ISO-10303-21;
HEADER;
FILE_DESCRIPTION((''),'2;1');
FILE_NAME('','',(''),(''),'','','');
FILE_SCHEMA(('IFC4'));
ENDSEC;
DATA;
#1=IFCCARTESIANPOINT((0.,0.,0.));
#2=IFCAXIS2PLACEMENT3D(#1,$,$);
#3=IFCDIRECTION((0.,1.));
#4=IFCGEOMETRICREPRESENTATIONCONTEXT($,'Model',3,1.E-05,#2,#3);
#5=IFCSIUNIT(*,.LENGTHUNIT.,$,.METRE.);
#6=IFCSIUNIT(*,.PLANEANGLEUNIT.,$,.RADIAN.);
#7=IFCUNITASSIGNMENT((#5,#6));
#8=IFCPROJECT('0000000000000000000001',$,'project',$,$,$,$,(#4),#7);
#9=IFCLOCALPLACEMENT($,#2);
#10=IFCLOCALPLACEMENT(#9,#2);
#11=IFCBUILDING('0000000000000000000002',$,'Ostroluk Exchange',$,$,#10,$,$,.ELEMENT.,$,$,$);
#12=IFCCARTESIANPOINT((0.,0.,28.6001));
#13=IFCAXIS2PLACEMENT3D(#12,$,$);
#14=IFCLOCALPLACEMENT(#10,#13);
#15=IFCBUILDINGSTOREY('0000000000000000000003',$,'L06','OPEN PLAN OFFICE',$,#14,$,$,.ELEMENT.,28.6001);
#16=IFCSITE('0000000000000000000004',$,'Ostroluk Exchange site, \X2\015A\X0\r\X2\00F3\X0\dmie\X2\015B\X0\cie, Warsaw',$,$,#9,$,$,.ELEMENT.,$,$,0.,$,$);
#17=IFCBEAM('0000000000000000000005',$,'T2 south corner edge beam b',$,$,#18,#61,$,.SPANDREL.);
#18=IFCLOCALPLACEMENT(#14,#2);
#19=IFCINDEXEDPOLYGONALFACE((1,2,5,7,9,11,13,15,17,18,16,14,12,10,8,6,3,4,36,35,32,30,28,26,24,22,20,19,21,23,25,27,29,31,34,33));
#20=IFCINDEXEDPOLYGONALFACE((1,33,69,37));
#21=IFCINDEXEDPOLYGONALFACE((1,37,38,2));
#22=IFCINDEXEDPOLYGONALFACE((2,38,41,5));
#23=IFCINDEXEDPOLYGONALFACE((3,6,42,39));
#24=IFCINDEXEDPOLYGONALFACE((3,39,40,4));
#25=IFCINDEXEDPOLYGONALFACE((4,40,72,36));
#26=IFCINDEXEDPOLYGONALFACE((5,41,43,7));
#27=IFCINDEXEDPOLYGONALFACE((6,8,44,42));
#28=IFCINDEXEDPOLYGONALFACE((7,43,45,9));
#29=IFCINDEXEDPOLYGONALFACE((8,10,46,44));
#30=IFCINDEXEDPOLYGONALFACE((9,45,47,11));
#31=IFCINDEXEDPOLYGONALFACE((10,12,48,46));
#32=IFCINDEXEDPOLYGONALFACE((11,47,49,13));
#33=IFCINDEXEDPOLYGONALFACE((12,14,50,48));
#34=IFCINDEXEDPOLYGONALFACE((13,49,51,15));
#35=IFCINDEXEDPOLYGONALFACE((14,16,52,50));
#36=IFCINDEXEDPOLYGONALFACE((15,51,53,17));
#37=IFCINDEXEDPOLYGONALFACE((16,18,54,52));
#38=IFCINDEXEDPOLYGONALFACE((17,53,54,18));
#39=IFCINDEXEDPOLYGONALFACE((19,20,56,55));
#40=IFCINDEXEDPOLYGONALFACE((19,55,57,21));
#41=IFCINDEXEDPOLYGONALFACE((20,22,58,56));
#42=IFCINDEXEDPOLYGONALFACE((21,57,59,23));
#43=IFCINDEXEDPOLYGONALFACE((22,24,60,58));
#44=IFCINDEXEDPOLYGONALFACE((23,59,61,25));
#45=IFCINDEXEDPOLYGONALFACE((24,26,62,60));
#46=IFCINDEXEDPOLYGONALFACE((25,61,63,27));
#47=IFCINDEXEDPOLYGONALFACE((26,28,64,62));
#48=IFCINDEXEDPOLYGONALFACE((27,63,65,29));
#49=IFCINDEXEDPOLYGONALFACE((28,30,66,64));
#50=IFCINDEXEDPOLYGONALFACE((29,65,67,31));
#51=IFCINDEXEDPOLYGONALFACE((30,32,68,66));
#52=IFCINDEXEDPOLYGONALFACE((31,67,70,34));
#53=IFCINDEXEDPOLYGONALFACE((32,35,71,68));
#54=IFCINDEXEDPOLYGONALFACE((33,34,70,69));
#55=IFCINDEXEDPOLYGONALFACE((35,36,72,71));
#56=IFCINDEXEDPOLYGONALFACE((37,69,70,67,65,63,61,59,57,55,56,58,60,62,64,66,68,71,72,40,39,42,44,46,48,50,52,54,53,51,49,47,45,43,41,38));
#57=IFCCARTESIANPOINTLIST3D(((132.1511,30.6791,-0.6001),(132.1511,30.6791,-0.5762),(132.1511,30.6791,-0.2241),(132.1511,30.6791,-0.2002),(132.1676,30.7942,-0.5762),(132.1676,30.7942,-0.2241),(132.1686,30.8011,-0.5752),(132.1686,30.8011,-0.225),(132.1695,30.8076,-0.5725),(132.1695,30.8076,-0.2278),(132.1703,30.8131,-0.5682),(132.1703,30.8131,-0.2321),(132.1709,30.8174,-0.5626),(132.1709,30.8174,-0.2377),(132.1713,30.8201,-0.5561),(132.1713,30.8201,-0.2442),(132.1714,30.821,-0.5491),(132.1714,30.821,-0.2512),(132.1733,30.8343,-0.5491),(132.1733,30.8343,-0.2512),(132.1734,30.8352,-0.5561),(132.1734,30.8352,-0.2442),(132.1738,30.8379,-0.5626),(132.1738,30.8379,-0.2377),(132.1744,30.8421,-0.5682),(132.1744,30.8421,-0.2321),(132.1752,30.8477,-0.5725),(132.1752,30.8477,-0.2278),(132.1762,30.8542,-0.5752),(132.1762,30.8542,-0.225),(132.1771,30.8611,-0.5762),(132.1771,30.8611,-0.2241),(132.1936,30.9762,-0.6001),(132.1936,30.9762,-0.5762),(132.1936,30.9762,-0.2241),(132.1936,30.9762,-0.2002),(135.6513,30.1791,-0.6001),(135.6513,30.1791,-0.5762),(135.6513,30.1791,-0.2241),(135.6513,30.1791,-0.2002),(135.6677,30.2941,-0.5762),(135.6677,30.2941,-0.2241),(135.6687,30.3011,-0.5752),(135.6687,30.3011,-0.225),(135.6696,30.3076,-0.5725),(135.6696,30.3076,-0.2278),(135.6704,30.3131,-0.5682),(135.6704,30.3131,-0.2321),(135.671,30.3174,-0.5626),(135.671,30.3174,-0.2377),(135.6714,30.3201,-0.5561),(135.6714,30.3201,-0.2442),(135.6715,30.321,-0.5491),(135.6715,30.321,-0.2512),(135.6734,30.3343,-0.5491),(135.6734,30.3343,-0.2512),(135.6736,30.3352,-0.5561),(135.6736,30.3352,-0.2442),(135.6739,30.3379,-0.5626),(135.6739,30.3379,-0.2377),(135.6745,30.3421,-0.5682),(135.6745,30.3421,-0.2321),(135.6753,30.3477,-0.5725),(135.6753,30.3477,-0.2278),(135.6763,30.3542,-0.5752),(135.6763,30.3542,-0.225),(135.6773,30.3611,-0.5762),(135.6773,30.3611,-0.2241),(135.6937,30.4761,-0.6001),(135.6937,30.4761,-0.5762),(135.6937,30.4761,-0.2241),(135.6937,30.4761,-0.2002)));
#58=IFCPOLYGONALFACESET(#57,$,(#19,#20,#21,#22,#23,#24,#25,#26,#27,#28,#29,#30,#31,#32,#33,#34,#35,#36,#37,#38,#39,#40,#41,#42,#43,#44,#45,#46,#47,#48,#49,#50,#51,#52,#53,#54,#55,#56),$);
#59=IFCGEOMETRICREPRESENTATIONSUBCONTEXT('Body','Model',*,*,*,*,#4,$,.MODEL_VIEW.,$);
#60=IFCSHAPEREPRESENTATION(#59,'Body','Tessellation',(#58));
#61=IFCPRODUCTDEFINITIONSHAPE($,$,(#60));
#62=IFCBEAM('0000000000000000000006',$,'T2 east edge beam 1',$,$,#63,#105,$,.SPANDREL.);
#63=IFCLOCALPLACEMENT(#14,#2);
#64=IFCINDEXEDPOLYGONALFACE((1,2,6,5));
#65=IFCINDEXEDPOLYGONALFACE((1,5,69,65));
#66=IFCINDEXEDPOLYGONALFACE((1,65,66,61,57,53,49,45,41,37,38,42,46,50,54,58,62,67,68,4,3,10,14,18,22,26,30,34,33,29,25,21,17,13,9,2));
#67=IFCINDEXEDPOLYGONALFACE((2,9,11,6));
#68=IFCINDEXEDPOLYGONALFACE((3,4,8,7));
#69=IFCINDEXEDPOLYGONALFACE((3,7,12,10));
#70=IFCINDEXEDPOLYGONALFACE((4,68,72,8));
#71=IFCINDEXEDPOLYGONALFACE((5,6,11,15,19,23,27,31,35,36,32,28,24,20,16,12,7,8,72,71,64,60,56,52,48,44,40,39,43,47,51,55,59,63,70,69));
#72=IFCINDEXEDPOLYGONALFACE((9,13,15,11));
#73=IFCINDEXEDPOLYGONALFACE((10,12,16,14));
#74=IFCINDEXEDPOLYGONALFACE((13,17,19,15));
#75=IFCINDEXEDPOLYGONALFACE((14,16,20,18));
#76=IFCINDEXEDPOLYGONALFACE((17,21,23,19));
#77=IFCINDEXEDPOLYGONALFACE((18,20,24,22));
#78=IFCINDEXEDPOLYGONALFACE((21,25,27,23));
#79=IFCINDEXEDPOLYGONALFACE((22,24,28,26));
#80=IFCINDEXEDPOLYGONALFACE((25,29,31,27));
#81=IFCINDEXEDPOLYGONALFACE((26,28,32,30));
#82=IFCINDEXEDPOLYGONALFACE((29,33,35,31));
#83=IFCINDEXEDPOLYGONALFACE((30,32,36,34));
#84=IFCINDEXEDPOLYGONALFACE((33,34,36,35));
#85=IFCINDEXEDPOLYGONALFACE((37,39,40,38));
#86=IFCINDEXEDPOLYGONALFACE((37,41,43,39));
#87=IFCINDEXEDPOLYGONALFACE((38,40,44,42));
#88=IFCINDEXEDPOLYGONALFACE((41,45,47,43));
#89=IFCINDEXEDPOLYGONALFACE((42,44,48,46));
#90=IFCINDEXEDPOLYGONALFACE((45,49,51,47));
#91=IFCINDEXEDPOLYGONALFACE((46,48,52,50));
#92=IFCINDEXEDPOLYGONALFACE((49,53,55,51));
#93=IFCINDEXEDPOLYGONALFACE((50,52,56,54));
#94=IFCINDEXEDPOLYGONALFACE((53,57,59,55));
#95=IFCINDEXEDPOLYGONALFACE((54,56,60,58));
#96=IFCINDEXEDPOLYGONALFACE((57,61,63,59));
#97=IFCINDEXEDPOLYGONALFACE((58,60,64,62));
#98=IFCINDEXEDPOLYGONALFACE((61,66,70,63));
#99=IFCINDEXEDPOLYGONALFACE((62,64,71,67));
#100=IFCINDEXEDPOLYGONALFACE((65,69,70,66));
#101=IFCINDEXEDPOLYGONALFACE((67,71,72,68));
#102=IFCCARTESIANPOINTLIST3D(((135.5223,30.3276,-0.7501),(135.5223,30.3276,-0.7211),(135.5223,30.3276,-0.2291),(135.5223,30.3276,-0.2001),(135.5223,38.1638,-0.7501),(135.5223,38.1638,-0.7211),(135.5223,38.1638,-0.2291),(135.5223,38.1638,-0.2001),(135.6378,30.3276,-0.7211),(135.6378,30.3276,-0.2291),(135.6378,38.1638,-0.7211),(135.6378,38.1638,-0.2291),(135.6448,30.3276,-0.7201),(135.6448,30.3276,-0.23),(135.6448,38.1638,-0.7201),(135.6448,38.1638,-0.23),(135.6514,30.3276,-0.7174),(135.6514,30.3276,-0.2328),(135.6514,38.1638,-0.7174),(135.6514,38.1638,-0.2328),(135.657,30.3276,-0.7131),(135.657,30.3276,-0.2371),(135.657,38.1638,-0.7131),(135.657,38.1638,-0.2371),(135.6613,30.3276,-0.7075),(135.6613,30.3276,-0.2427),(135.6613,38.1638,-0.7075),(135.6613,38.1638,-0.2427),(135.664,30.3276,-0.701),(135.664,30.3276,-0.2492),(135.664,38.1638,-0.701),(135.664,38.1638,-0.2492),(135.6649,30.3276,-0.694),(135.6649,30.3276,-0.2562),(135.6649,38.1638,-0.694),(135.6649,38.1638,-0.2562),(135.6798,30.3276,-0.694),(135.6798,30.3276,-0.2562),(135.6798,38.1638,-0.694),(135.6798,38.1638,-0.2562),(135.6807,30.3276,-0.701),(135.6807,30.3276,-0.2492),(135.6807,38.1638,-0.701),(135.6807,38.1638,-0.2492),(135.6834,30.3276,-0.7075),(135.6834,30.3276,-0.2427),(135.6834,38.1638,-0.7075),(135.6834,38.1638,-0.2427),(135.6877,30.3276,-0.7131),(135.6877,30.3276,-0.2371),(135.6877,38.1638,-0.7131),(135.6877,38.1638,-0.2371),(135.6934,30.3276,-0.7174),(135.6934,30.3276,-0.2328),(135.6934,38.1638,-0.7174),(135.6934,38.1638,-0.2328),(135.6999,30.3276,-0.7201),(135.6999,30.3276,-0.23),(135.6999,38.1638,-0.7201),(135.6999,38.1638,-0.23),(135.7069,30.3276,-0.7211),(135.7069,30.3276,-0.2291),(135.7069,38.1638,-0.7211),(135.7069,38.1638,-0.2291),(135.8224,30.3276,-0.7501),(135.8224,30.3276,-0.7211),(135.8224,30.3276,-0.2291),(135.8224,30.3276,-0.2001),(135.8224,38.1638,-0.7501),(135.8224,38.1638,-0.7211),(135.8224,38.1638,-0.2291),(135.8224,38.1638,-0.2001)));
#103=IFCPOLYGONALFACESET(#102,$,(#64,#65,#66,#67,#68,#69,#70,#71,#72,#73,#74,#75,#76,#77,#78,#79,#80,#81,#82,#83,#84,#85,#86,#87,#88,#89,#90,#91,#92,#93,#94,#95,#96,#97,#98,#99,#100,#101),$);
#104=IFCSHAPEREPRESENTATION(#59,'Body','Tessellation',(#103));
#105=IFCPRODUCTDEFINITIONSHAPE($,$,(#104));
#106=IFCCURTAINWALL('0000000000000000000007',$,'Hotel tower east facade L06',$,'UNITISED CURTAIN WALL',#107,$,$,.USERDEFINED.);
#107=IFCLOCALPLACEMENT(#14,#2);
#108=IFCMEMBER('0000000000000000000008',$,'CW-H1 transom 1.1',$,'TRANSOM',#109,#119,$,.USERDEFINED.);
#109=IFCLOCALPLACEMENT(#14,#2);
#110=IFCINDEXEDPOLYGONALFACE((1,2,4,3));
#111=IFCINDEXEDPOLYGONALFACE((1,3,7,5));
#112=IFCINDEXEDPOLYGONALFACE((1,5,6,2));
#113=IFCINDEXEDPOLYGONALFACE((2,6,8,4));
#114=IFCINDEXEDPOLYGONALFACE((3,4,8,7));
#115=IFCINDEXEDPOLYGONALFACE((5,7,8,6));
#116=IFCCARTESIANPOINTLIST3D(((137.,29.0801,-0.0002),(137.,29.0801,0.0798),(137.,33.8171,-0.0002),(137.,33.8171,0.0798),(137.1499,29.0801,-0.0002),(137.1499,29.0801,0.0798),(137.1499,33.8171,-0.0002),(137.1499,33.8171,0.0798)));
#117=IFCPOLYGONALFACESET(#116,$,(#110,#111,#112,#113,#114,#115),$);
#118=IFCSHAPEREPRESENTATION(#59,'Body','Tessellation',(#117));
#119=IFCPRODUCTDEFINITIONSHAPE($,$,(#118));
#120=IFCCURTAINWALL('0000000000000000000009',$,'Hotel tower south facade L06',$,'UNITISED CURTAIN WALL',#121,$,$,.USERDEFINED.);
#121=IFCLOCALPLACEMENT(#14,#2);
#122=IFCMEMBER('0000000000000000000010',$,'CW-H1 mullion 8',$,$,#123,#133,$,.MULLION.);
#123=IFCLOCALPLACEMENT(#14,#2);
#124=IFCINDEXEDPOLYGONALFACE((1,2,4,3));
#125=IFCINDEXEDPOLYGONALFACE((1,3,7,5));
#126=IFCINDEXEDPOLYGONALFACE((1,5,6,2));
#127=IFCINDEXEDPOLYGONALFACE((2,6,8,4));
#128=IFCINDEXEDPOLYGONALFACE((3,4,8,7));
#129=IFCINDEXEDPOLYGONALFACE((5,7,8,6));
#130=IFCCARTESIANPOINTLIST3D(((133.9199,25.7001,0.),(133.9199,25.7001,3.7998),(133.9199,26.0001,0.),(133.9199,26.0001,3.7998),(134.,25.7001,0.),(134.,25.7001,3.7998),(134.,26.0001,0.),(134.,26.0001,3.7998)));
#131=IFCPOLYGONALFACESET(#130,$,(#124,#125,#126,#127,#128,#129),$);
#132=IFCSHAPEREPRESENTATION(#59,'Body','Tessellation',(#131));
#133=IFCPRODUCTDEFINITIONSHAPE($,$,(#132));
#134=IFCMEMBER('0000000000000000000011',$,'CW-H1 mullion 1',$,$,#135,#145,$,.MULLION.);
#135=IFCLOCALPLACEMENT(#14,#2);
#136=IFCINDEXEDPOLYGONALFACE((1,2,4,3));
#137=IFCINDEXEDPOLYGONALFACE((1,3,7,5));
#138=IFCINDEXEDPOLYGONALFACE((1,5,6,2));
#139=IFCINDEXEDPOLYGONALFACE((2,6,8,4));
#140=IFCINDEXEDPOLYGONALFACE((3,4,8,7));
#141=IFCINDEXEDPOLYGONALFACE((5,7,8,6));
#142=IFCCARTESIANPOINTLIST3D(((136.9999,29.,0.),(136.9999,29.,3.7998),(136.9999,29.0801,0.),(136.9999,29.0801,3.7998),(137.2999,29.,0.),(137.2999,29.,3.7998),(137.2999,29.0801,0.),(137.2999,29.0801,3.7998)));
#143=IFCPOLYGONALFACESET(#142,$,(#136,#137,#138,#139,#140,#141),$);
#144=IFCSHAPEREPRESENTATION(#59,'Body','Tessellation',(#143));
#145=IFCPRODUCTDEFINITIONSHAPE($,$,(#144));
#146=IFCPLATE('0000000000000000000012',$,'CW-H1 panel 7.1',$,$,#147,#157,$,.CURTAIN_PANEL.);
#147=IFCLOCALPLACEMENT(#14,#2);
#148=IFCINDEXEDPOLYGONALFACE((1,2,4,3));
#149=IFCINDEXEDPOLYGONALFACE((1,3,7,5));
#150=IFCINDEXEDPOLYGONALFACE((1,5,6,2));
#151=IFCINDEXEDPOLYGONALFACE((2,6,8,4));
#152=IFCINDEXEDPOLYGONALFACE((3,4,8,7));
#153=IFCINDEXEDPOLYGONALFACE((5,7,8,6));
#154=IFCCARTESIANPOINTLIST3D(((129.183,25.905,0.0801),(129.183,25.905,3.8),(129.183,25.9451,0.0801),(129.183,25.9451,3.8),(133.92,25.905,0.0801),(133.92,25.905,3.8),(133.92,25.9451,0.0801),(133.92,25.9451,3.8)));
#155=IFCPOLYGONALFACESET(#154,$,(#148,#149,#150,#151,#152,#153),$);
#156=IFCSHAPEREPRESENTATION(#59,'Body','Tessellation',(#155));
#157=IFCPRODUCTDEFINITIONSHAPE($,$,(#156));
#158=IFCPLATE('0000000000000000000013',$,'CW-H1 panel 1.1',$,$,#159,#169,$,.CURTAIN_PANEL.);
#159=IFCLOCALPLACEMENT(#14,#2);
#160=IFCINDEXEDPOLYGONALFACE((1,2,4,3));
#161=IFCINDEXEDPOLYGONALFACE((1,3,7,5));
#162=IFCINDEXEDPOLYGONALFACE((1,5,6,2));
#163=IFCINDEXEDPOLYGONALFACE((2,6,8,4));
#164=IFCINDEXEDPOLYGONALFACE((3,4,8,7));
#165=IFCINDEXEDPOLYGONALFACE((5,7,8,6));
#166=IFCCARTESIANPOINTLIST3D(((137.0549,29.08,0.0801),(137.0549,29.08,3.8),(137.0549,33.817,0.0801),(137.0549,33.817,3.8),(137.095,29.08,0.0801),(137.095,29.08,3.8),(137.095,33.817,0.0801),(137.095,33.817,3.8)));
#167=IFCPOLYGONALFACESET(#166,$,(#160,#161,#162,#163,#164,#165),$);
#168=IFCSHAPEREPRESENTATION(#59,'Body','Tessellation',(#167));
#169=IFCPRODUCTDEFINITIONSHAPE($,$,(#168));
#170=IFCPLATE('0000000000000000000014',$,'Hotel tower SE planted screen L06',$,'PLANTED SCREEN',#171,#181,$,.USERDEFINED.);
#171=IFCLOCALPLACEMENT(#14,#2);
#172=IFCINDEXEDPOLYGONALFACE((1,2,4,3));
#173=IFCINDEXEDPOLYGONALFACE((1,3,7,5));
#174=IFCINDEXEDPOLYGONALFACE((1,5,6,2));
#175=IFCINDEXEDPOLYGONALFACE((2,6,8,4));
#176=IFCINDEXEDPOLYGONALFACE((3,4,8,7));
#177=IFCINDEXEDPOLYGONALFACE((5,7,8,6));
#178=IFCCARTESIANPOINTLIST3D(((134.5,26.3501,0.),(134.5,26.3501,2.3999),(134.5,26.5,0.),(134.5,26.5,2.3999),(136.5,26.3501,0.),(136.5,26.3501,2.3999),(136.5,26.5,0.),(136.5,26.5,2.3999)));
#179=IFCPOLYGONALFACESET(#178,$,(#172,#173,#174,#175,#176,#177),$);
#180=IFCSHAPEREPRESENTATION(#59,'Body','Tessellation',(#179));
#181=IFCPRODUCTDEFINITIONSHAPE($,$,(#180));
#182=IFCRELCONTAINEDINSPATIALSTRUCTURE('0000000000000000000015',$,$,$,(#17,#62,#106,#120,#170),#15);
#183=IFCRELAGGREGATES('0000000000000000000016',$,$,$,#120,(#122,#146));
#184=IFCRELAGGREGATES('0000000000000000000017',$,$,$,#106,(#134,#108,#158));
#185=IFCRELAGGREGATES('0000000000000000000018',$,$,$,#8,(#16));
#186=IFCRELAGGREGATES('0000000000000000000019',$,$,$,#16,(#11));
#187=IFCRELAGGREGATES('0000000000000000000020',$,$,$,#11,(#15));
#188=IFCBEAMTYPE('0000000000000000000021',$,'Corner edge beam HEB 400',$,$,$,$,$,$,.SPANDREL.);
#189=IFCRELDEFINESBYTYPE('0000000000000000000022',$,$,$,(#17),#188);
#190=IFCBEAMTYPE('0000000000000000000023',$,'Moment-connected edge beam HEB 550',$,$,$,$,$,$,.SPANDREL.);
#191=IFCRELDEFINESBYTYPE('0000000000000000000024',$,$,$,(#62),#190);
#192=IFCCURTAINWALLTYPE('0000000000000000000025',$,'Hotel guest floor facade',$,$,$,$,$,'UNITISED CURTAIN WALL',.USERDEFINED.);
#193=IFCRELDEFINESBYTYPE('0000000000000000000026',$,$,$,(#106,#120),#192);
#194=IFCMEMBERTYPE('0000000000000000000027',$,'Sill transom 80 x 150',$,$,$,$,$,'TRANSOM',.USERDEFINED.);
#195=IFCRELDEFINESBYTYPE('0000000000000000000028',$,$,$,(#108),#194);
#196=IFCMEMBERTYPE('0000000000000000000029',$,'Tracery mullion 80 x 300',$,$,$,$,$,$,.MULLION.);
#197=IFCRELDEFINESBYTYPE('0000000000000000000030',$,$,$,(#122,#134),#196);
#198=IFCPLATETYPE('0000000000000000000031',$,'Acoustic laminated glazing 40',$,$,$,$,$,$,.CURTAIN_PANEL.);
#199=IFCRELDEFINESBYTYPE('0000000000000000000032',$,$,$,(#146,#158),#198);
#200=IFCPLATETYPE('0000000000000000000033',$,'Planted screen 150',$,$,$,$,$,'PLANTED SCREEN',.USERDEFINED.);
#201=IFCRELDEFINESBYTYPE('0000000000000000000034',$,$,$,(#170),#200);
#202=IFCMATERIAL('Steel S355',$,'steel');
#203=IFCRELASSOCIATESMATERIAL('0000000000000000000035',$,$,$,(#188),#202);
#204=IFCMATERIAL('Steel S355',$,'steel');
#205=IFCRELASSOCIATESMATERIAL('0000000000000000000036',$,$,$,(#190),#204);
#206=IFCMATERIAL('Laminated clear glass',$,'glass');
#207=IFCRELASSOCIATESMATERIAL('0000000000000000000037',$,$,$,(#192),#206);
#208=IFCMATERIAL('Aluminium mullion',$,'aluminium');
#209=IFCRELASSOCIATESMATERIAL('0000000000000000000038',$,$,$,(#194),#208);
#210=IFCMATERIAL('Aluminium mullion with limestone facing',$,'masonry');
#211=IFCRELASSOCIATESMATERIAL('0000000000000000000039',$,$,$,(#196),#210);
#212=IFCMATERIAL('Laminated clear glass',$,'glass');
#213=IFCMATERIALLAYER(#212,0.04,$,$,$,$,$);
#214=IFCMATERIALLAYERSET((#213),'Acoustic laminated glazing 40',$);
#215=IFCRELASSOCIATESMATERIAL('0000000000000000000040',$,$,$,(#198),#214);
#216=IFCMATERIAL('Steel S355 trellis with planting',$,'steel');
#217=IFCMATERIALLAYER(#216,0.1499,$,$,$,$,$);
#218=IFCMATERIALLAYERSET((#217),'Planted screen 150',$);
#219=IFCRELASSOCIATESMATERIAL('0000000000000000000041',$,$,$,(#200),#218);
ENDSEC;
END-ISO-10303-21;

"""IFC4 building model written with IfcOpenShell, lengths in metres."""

from ifc_helpers import new_model, si_unit, direction, frame, origin, origin_2d, place, context, subcontext, project, spatial, rectangle, i_section, extrude, material, layer, layer_set, material_profile, profile_set, type_object, element, aggregate, save


model = new_model("IFC4")

# Units and contexts
model_context = context("Model", 3, precision=1e-05, world=origin(), true_north=direction((0.0, 1.0)))
body_context = subcontext(model_context, "Body", "Model", "MODEL_VIEW")
ifc_project = project(units=[si_unit("LENGTHUNIT", "METRE"), si_unit("PLANEANGLEUNIT", "RADIAN")], contexts=[model_context])

# Site, building, storey
site_placement = place(None, origin())
site = spatial("IfcSite", under=ifc_project, at=site_placement, Name="Ostroluk Exchange site, Śródmieście, Warsaw", CompositionType="ELEMENT", RefElevation=0.0)
building_placement = place(site_placement, origin())
building = spatial("IfcBuilding", under=site, at=building_placement, Name="Ostroluk Exchange", CompositionType="ELEMENT")
storey_placement = place(building_placement, frame((0.0, 0.0, 28.6001)))
storey = spatial("IfcBuildingStorey", under=building, at=storey_placement, Name="L06", Description="OPEN PLAN OFFICE", CompositionType="ELEMENT", Elevation=28.6001)

# Beams
ifc_material_1 = material(Name="Steel S355", Category="steel")
ifc_material_profile_1 = material_profile(ifc_material_1, i_section(OverallWidth=0.3, OverallDepth=0.3999, WebThickness=0.0134, FlangeThickness=0.0239, FilletRadius=0.0271, at=origin_2d()), Name="HEB 400")
ifc_profile_set_1 = profile_set([ifc_material_profile_1], Name="Steel S355")
beam_type_1 = type_object("IfcBeamType", Name="Corner edge beam HEB 400", PredefinedType="SPANDREL", material=ifc_profile_set_1)
for number, where, z_axis, x_axis, name in (
    (1, (132.1724, 30.8276, -0.4001), (0.989949, -0.141421, 0.0), (0.141421, 0.989949, 0.0), "T2 south corner edge beam b"),
):
    element("IfcBeam", number, at=place(storey_placement, frame(where, z_axis=z_axis, x_axis=x_axis)), inside=storey, type_object=beam_type_1, Name=name, PredefinedType="SPANDREL", context=body_context, shape_type="SweptSolid", body=[
        extrude(i_section(OverallWidth=0.3, OverallDepth=0.3999, WebThickness=0.0134, FlangeThickness=0.0239, FilletRadius=0.0271, at=origin_2d()), origin(), (0.0, 0.0, 1.0), 3.5356),
    ])
ifc_material_2 = material(Name="Steel S355", Category="steel")
ifc_material_profile_2 = material_profile(ifc_material_2, i_section(OverallWidth=0.3, OverallDepth=0.55, WebThickness=0.0149, FlangeThickness=0.0291, FilletRadius=0.0271, at=origin_2d()), Name="HEB 550")
ifc_profile_set_2 = profile_set([ifc_material_profile_2], Name="Steel S355")
beam_type_2 = type_object("IfcBeamType", Name="Moment-connected edge beam HEB 550", PredefinedType="SPANDREL", material=ifc_profile_set_2)
beam_1_placement = place(storey_placement, frame((135.6724, 30.3276, -0.4751), z_axis=(0.0, 1.0, 0.0), x_axis=(-1.0, 0.0, 0.0)))
element("IfcBeam", 2, at=beam_1_placement, inside=storey, type_object=beam_type_2, Name="T2 east edge beam 1", PredefinedType="SPANDREL", context=body_context, shape_type="SweptSolid", body=[
    extrude(i_section(OverallWidth=0.3, OverallDepth=0.55, WebThickness=0.0149, FlangeThickness=0.0291, FilletRadius=0.0271, at=origin_2d()), origin(), (0.0, 0.0, 1.0), 7.8362),
])

# Curtain walls, members
ifc_material_3 = material(Name="Laminated clear glass", Category="glass")
curtain_wall_type = type_object("IfcCurtainWallType", Name="Hotel guest floor facade", ElementType="UNITISED CURTAIN WALL", PredefinedType="USERDEFINED", material=ifc_material_3)
curtain_wall_1_placement = place(storey_placement, origin())
curtain_wall_1 = element("IfcCurtainWall", 3, at=curtain_wall_1_placement, inside=storey, type_object=curtain_wall_type, Name="Hotel tower east facade L06", ObjectType="UNITISED CURTAIN WALL", PredefinedType="USERDEFINED")
ifc_material_4 = material(Name="Aluminium mullion", Category="aluminium")
ifc_material_profile_3 = material_profile(ifc_material_4, rectangle(XDim=0.1499, YDim=0.0801, at=origin_2d()), Name="Sill transom 80 x 150")
ifc_profile_set_3 = profile_set([ifc_material_profile_3], Name="Aluminium mullion")
member_type_1 = type_object("IfcMemberType", Name="Sill transom 80 x 150", ElementType="TRANSOM", PredefinedType="USERDEFINED", material=ifc_profile_set_3)
member_1_placement = place(storey_placement, frame((137.075, 29.0801, 0.0398), z_axis=(0.0, 1.0, 0.0), x_axis=(-1.0, 0.0, 0.0)))
member_1 = element("IfcMember", 4, at=member_1_placement, type_object=member_type_1, Name="CW-H1 transom 1.1", ObjectType="TRANSOM", PredefinedType="USERDEFINED", context=body_context, shape_type="SweptSolid", body=[
    extrude(rectangle(XDim=0.1499, YDim=0.0801, at=origin_2d()), origin(), (0.0, 0.0, 1.0), 4.7371),
])
curtain_wall_2_placement = place(storey_placement, origin())
curtain_wall_2 = element("IfcCurtainWall", 5, at=curtain_wall_2_placement, inside=storey, type_object=curtain_wall_type, Name="Hotel tower south facade L06", ObjectType="UNITISED CURTAIN WALL", PredefinedType="USERDEFINED")
ifc_material_5 = material(Name="Aluminium mullion with limestone facing", Category="masonry")
ifc_material_profile_4 = material_profile(ifc_material_5, rectangle(XDim=0.3, YDim=0.0801, at=origin_2d()), Name="Tracery mullion 80 x 300")
ifc_profile_set_4 = profile_set([ifc_material_profile_4], Name="Aluminium mullion with limestone facing")
member_type_2 = type_object("IfcMemberType", Name="Tracery mullion 80 x 300", PredefinedType="MULLION", material=ifc_profile_set_4)
member_2_placement = place(storey_placement, frame((133.96, 25.8501, 0.0), z_axis=(0.0, 0.0, 1.0), x_axis=(0.0, 1.0, 0.0)))
member_2 = element("IfcMember", 6, at=member_2_placement, type_object=member_type_2, Name="CW-H1 mullion 8", PredefinedType="MULLION", context=body_context, shape_type="SweptSolid", body=[
    extrude(rectangle(XDim=0.3, YDim=0.0801, at=origin_2d()), origin(), (0.0, 0.0, 1.0), 3.7998),
])

# Member
member_3_placement = place(storey_placement, frame((137.1499, 29.04, 0.0), z_axis=(0.0, 0.0, 1.0), x_axis=(-1.0, 0.0, 0.0)))
member_3 = element("IfcMember", 7, at=member_3_placement, type_object=member_type_2, Name="CW-H1 mullion 1", PredefinedType="MULLION", context=body_context, shape_type="SweptSolid", body=[
    extrude(rectangle(XDim=0.3, YDim=0.0801, at=origin_2d()), origin(), (0.0, 0.0, 1.0), 3.7998),
])

# Plates
ifc_material_6 = material(Name="Laminated clear glass", Category="glass")
ifc_layer_1 = layer(ifc_material_6, 0.04)
ifc_layer_set_1 = layer_set([ifc_layer_1], Name="Acoustic laminated glazing 40")
plate_type_1 = type_object("IfcPlateType", Name="Acoustic laminated glazing 40", PredefinedType="CURTAIN_PANEL", material=ifc_layer_set_1)
plate_1_placement = place(storey_placement, frame((131.5515, 25.925, 0.0801), z_axis=(0.0, 0.0, 1.0), x_axis=(1.0, 0.0, 0.0)))
plate_1 = element("IfcPlate", 8, at=plate_1_placement, type_object=plate_type_1, Name="CW-H1 panel 7.1", PredefinedType="CURTAIN_PANEL", context=body_context, shape_type="SweptSolid", body=[
    extrude(rectangle(XDim=4.7371, YDim=0.04, at=origin_2d()), origin(), (0.0, 0.0, 1.0), 3.72),
])
aggregate(curtain_wall_2, [member_2, plate_1])
plate_2_placement = place(storey_placement, frame((137.075, 31.4485, 0.0801), z_axis=(0.0, 0.0, 1.0), x_axis=(0.0, 1.0, 0.0)))
plate_2 = element("IfcPlate", 9, at=plate_2_placement, type_object=plate_type_1, Name="CW-H1 panel 1.1", PredefinedType="CURTAIN_PANEL", context=body_context, shape_type="SweptSolid", body=[
    extrude(rectangle(XDim=4.7371, YDim=0.04, at=origin_2d()), origin(), (0.0, 0.0, 1.0), 3.72),
])
aggregate(curtain_wall_1, [member_3, member_1, plate_2])
ifc_material_7 = material(Name="Steel S355 trellis with planting", Category="steel")
ifc_layer_2 = layer(ifc_material_7, 0.1499)
ifc_layer_set_2 = layer_set([ifc_layer_2], Name="Planted screen 150")
plate_type_2 = type_object("IfcPlateType", Name="Planted screen 150", ElementType="PLANTED SCREEN", PredefinedType="USERDEFINED", material=ifc_layer_set_2)
plate_3_placement = place(storey_placement, frame((135.5, 26.425, 0.0), z_axis=(0.0, 0.0, 1.0), x_axis=(1.0, 0.0, 0.0)))
element("IfcPlate", 10, at=plate_3_placement, inside=storey, type_object=plate_type_2, Name="Hotel tower SE planted screen L06", ObjectType="PLANTED SCREEN", PredefinedType="USERDEFINED", context=body_context, shape_type="SweptSolid", body=[
    extrude(rectangle(XDim=2.0, YDim=0.1499, at=origin_2d()), origin(), (0.0, 0.0, 1.0), 2.3999),
])

save(model, "model.ifc")
